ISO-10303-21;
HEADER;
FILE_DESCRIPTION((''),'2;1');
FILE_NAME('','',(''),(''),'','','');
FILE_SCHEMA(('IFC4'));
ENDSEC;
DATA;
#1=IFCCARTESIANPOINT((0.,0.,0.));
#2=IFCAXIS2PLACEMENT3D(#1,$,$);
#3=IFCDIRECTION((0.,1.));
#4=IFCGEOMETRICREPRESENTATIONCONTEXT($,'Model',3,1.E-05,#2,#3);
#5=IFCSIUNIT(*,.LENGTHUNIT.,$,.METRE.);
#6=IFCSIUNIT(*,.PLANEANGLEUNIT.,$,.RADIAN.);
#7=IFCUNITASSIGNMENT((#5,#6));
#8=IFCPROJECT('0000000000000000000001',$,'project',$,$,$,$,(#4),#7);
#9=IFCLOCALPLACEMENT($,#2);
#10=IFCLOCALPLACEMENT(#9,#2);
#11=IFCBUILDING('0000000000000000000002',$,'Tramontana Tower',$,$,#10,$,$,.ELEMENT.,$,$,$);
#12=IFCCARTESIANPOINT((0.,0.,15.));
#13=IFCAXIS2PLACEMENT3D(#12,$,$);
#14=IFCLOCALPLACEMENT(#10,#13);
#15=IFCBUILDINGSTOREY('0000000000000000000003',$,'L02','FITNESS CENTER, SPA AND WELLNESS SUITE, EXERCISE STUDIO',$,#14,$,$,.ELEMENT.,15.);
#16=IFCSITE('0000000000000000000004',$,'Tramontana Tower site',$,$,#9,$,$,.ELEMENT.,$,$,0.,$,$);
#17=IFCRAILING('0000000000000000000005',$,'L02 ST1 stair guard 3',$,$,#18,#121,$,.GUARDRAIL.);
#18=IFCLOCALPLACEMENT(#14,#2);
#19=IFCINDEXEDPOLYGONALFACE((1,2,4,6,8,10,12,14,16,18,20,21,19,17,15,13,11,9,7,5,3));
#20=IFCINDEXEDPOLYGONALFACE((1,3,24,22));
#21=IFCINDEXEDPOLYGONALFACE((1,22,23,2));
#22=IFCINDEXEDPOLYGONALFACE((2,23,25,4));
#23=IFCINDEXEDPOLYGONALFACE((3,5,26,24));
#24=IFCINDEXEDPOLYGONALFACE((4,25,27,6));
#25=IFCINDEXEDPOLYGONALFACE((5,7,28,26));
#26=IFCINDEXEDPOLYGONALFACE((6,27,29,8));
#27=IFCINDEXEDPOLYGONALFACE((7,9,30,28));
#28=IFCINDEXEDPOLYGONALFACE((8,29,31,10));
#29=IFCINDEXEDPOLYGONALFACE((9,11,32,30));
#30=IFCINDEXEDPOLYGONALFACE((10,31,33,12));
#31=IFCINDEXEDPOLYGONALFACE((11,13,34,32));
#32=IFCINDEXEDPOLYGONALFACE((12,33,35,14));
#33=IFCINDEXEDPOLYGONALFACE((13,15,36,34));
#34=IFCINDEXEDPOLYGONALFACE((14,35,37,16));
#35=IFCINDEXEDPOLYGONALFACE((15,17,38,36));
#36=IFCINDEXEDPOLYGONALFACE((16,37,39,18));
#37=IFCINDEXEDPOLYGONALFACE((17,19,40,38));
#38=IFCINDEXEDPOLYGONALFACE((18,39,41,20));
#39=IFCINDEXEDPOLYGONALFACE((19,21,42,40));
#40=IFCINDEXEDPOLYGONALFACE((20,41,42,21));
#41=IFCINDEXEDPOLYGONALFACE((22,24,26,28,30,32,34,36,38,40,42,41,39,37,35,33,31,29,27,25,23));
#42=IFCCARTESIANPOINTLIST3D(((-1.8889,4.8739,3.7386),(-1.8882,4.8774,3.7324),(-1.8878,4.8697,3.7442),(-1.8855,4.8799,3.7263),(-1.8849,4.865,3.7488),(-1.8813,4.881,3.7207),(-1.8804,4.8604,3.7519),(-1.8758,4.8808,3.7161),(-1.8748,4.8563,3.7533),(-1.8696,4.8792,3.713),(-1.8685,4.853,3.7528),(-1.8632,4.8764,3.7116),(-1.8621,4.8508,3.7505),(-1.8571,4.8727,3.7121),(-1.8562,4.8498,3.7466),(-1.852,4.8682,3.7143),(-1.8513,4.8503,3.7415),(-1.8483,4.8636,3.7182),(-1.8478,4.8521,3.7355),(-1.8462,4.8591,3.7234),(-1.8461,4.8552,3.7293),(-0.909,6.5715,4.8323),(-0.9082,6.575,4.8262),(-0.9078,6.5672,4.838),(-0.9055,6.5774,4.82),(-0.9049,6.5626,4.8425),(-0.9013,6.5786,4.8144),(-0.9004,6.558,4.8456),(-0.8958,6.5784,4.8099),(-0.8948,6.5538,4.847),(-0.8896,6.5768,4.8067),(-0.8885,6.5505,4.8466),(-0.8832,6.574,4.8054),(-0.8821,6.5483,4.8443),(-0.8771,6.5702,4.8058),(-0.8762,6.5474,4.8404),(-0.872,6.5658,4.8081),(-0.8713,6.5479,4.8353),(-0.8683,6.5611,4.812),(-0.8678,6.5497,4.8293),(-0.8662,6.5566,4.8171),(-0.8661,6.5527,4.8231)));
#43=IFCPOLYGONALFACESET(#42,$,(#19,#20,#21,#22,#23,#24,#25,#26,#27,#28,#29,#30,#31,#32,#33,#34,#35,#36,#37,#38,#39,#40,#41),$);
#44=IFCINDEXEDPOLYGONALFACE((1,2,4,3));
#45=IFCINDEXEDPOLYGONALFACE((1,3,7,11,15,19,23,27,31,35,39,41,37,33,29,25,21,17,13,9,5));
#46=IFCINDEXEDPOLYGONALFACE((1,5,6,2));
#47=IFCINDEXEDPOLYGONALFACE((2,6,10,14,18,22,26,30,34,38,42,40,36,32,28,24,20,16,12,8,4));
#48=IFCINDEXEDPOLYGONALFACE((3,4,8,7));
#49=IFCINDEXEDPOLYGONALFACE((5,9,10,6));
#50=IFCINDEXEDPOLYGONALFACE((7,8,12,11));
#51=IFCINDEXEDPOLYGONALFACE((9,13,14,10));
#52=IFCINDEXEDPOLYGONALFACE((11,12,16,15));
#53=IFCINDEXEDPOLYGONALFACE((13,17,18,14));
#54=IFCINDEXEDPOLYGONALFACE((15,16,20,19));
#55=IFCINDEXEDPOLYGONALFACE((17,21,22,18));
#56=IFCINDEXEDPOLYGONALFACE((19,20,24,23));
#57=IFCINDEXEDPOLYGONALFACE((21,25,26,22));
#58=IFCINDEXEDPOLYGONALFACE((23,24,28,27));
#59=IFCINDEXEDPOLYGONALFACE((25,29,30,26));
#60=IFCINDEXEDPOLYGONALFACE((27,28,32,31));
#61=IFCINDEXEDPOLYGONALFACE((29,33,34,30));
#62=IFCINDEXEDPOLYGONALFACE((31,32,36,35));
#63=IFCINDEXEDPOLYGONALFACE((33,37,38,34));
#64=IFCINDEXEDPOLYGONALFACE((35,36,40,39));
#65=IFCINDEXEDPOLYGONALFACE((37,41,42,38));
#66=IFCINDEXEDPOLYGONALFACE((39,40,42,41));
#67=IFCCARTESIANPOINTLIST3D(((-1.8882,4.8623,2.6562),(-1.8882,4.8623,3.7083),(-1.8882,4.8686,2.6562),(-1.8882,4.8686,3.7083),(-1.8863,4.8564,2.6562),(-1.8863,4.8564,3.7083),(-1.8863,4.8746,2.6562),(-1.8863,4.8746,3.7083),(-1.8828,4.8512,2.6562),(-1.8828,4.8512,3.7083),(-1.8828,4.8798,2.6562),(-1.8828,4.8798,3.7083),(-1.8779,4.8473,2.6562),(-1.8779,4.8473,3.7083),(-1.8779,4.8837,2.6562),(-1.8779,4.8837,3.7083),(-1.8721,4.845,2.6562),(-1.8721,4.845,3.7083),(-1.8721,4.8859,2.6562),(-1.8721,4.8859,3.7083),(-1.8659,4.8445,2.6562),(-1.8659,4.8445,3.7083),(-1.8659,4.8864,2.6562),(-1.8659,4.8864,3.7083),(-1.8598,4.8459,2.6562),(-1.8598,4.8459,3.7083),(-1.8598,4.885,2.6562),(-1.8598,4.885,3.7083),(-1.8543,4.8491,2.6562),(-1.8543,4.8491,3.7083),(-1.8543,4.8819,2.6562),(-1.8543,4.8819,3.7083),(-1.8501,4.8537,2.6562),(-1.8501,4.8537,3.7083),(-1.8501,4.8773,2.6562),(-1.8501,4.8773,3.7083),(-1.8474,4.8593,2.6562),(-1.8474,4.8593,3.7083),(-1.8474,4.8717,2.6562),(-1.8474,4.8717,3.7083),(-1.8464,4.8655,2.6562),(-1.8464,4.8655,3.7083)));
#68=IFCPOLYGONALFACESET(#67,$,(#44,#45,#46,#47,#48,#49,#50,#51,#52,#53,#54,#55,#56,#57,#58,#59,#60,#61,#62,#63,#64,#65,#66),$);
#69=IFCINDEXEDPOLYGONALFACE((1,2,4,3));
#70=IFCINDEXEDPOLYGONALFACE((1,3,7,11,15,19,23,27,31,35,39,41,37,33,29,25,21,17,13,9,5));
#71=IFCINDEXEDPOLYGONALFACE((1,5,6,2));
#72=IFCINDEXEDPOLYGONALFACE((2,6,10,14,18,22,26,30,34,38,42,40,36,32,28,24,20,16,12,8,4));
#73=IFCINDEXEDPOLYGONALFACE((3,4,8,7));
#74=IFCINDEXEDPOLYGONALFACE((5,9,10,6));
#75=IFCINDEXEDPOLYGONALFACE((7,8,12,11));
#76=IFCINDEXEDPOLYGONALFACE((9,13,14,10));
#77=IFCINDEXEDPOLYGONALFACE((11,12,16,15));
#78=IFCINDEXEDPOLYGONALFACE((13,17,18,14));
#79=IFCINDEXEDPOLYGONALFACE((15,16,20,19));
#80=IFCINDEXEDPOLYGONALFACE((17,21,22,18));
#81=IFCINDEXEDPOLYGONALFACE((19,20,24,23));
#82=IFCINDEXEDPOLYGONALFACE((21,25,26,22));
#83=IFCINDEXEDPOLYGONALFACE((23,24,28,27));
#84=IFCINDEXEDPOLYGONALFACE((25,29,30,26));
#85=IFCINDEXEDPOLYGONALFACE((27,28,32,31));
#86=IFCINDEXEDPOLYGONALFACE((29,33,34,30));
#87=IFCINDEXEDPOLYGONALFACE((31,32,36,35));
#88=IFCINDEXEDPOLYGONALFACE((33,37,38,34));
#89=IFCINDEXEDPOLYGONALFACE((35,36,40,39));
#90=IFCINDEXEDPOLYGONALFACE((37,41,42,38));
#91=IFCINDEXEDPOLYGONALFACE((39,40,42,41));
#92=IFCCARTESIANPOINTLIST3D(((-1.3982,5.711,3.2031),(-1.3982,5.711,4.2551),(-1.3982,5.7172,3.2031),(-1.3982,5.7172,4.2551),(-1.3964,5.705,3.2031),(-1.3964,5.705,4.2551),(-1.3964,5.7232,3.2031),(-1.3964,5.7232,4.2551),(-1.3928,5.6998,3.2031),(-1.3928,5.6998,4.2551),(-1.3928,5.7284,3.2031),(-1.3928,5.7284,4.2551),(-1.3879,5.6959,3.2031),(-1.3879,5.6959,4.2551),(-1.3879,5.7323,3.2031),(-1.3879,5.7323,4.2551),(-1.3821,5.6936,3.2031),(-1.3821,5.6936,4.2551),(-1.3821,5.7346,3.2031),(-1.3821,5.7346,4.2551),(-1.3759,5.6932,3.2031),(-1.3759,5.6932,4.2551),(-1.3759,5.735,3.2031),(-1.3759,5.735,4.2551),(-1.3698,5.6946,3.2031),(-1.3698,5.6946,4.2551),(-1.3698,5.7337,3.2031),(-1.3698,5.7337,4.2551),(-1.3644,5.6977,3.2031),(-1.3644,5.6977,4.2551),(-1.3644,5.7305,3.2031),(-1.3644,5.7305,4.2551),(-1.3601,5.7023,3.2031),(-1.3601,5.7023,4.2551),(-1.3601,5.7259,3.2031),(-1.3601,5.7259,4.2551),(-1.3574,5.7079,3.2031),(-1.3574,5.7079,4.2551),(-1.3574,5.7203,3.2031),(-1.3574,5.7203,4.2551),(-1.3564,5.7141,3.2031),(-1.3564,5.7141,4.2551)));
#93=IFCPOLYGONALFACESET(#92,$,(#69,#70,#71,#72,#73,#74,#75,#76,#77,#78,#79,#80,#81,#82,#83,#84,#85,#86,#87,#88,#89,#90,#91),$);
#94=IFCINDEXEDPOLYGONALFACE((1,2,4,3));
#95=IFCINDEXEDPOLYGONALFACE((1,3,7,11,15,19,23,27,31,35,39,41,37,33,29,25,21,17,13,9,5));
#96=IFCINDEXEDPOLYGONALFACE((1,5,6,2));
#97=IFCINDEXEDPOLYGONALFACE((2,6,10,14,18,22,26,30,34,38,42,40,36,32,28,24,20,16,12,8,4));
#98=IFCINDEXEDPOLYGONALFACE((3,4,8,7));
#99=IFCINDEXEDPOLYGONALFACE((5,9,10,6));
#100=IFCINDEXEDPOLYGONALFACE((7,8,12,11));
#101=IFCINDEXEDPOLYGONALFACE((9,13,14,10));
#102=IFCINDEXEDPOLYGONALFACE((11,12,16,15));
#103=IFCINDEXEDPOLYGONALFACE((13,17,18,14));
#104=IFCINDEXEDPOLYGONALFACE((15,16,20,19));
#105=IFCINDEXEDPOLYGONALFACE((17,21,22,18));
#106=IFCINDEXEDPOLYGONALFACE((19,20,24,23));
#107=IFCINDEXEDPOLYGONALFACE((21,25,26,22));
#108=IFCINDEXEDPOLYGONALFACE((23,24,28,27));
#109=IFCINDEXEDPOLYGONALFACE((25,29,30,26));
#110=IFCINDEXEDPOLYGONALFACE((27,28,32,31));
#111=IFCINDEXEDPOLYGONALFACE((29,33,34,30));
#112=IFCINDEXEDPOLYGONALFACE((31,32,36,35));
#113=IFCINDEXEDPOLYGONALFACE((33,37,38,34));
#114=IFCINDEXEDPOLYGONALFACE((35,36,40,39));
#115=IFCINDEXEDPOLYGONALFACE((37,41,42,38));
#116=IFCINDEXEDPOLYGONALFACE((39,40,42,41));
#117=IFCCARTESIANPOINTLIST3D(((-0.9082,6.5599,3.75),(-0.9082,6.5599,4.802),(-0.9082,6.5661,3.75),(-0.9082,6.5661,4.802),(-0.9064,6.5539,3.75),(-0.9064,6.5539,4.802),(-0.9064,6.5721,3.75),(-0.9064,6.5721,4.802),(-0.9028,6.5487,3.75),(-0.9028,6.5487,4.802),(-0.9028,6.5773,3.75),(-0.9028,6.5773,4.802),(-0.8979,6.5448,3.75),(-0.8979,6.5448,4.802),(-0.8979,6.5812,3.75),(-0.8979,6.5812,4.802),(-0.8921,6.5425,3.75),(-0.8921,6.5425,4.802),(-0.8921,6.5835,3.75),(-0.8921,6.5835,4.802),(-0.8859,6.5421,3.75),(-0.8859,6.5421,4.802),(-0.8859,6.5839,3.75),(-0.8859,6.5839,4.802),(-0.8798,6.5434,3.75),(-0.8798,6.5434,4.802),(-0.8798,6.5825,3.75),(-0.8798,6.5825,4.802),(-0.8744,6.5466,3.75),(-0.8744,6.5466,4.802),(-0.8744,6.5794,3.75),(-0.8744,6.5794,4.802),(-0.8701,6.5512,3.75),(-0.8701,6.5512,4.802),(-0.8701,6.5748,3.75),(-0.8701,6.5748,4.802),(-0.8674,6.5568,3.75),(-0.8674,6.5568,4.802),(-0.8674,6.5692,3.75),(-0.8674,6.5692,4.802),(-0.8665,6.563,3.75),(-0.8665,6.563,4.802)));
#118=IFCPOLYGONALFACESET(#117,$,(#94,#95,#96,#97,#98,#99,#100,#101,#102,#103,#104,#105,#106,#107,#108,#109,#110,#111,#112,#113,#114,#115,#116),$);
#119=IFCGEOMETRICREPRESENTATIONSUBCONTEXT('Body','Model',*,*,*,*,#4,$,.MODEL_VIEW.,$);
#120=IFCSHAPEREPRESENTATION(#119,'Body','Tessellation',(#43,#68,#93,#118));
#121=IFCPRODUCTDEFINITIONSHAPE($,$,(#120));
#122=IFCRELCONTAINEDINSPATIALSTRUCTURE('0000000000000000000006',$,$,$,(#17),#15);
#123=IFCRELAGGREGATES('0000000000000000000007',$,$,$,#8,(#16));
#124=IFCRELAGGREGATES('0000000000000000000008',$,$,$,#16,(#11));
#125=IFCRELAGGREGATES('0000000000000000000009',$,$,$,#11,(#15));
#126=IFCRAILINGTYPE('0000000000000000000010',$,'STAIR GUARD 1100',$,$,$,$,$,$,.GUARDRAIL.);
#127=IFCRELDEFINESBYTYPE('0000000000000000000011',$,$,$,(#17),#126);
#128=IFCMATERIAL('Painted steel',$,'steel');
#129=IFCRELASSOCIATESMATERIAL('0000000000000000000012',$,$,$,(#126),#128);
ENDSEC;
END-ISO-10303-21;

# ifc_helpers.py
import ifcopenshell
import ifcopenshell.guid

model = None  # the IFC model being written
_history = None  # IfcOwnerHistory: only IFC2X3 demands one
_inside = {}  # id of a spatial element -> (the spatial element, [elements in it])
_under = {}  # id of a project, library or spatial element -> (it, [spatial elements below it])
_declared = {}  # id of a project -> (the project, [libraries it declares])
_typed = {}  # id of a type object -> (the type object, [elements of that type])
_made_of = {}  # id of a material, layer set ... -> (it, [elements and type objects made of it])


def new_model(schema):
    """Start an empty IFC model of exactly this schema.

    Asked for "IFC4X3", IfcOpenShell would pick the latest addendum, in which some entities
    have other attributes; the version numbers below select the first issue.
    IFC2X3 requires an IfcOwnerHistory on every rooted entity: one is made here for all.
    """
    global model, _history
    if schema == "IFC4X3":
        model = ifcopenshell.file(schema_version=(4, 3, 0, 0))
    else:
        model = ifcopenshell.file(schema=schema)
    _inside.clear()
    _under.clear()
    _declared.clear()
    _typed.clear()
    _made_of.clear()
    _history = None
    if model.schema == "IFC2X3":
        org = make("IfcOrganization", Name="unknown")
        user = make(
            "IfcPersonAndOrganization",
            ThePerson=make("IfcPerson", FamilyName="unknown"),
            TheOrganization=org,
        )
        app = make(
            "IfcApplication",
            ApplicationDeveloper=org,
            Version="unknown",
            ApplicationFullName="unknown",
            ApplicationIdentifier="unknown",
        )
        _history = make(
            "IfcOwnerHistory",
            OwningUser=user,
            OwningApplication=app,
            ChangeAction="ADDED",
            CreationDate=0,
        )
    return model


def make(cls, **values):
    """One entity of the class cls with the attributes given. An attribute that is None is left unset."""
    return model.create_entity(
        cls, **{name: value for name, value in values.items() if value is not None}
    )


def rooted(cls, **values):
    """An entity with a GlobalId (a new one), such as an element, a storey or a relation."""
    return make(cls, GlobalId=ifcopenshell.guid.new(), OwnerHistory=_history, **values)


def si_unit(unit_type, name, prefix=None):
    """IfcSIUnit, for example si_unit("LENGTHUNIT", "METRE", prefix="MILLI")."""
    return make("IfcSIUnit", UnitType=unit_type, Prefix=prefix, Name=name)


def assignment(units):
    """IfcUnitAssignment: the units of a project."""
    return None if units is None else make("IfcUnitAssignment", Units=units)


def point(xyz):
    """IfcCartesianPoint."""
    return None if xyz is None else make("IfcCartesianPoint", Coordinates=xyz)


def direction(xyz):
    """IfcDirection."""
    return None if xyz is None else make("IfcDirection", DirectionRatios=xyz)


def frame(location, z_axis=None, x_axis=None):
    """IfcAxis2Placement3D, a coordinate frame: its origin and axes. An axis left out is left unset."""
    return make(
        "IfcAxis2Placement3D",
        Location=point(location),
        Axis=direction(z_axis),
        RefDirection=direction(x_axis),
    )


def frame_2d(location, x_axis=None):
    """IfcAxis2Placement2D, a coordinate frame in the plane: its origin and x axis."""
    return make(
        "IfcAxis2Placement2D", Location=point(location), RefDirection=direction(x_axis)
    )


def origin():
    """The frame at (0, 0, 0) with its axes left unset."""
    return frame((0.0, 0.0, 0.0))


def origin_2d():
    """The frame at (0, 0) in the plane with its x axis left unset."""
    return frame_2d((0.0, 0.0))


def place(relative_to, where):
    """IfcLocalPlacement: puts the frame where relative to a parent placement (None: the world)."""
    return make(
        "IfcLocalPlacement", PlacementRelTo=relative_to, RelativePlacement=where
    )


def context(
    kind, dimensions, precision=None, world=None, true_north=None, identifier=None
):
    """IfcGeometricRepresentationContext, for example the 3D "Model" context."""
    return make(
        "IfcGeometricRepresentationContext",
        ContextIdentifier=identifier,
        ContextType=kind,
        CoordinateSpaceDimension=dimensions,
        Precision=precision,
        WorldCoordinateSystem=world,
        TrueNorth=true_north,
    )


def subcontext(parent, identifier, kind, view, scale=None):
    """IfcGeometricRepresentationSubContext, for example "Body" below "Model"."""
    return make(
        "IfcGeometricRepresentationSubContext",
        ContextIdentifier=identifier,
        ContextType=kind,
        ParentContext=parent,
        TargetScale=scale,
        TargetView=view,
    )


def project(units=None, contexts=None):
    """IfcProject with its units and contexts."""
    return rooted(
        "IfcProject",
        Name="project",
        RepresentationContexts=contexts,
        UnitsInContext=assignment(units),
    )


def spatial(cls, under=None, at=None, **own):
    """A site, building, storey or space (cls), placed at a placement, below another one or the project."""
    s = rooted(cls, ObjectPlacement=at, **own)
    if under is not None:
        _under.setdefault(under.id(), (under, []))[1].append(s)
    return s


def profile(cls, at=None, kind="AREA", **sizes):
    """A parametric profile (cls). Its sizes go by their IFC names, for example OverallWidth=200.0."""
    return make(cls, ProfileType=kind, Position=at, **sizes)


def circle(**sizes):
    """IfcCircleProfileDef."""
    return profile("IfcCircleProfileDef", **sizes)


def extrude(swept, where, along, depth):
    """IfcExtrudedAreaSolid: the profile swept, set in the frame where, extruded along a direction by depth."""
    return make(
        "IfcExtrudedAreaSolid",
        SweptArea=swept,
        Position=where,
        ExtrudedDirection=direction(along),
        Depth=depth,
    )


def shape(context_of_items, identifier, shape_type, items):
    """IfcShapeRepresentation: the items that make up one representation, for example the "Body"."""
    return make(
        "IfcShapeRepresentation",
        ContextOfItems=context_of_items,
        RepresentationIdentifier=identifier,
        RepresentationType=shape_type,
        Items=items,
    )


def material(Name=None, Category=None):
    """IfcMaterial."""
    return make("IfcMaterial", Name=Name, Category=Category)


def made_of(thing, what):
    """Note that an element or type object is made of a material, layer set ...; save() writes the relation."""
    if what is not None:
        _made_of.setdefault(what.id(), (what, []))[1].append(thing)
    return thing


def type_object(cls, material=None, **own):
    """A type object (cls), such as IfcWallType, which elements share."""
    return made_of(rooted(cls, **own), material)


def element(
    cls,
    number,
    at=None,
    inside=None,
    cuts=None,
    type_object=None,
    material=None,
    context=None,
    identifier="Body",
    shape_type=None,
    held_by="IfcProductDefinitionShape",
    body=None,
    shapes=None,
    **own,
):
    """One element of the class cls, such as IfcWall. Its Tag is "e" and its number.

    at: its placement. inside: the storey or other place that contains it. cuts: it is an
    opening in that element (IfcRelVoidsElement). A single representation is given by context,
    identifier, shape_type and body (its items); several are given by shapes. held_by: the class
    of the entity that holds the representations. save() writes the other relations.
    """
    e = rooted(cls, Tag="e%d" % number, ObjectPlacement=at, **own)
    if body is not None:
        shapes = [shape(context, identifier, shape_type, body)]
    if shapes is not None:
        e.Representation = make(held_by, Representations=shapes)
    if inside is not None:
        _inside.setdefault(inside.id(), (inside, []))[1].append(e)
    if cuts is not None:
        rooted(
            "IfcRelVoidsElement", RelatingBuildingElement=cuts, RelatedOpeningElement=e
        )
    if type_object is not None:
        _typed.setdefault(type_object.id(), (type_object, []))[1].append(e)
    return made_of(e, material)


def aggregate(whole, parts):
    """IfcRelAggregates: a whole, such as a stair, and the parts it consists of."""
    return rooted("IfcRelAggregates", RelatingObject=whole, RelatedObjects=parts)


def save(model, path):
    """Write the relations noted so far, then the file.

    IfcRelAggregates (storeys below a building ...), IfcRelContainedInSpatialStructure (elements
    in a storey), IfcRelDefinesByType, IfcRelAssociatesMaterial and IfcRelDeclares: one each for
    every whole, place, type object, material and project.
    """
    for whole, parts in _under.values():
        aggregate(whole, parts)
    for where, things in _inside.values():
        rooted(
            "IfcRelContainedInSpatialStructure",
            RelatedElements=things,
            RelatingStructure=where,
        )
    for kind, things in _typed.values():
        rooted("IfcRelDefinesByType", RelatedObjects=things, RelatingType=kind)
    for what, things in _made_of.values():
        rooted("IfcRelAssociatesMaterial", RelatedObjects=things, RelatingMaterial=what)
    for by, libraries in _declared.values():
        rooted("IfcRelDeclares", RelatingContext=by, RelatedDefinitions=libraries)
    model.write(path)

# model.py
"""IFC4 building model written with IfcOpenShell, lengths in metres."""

from ifc_helpers import new_model, si_unit, direction, frame, origin, origin_2d, place, context, subcontext, project, spatial, circle, extrude, material, type_object, element, save


model = new_model("IFC4")

# Units and contexts
model_context = context("Model", 3, precision=1e-05, world=origin(), true_north=direction((0.0, 1.0)))
body_context = subcontext(model_context, "Body", "Model", "MODEL_VIEW")
ifc_project = project(units=[si_unit("LENGTHUNIT", "METRE"), si_unit("PLANEANGLEUNIT", "RADIAN")], contexts=[model_context])

# Site, building, storey
site_placement = place(None, origin())
site = spatial("IfcSite", under=ifc_project, at=site_placement, Name="Tramontana Tower site", CompositionType="ELEMENT", RefElevation=0.0)
building_placement = place(site_placement, origin())
building = spatial("IfcBuilding", under=site, at=building_placement, Name="Tramontana Tower", CompositionType="ELEMENT")
storey_placement = place(building_placement, frame((0.0, 0.0, 15.0)))
storey = spatial("IfcBuildingStorey", under=building, at=storey_placement, Name="L02", Description="FITNESS CENTER, SPA AND WELLNESS SUITE, EXERCISE STUDIO", CompositionType="ELEMENT", Elevation=15.0)

# Railing
ifc_material_1 = material(Name="Painted steel", Category="steel")
railing_type_1 = type_object("IfcRailingType", Name="STAIR GUARD 1100", PredefinedType="GUARDRAIL", material=ifc_material_1)
railing_1_placement = place(storey_placement, frame((-1.8674, 4.8655, 2.6562)))
element("IfcRailing", 1, at=railing_1_placement, inside=storey, type_object=railing_type_1, Name="L02 ST1 stair guard 3", PredefinedType="GUARDRAIL", context=body_context, shape_type="SweptSolid", body=[
    extrude(circle(Radius=0.0239, at=origin_2d()), frame((0.0, 0.0, 1.0762), z_axis=(0.436596, 0.756267, 0.487282), x_axis=(-0.866042, 0.49997, 0.0)), (0.0, 0.0, 1.0), 2.2446),
    extrude(circle(Radius=0.021, at=origin_2d()), origin(), (0.0, 0.0, 1.0), 1.052),
    extrude(circle(Radius=0.021, at=origin_2d()), frame((0.49, 0.8486, 0.5469)), (0.0, 0.0, 1.0), 1.052),
    extrude(circle(Radius=0.021, at=origin_2d()), frame((0.98, 1.6975, 1.0938)), (0.0, 0.0, 1.0), 1.052),
])

save(model, "model.ifc")
